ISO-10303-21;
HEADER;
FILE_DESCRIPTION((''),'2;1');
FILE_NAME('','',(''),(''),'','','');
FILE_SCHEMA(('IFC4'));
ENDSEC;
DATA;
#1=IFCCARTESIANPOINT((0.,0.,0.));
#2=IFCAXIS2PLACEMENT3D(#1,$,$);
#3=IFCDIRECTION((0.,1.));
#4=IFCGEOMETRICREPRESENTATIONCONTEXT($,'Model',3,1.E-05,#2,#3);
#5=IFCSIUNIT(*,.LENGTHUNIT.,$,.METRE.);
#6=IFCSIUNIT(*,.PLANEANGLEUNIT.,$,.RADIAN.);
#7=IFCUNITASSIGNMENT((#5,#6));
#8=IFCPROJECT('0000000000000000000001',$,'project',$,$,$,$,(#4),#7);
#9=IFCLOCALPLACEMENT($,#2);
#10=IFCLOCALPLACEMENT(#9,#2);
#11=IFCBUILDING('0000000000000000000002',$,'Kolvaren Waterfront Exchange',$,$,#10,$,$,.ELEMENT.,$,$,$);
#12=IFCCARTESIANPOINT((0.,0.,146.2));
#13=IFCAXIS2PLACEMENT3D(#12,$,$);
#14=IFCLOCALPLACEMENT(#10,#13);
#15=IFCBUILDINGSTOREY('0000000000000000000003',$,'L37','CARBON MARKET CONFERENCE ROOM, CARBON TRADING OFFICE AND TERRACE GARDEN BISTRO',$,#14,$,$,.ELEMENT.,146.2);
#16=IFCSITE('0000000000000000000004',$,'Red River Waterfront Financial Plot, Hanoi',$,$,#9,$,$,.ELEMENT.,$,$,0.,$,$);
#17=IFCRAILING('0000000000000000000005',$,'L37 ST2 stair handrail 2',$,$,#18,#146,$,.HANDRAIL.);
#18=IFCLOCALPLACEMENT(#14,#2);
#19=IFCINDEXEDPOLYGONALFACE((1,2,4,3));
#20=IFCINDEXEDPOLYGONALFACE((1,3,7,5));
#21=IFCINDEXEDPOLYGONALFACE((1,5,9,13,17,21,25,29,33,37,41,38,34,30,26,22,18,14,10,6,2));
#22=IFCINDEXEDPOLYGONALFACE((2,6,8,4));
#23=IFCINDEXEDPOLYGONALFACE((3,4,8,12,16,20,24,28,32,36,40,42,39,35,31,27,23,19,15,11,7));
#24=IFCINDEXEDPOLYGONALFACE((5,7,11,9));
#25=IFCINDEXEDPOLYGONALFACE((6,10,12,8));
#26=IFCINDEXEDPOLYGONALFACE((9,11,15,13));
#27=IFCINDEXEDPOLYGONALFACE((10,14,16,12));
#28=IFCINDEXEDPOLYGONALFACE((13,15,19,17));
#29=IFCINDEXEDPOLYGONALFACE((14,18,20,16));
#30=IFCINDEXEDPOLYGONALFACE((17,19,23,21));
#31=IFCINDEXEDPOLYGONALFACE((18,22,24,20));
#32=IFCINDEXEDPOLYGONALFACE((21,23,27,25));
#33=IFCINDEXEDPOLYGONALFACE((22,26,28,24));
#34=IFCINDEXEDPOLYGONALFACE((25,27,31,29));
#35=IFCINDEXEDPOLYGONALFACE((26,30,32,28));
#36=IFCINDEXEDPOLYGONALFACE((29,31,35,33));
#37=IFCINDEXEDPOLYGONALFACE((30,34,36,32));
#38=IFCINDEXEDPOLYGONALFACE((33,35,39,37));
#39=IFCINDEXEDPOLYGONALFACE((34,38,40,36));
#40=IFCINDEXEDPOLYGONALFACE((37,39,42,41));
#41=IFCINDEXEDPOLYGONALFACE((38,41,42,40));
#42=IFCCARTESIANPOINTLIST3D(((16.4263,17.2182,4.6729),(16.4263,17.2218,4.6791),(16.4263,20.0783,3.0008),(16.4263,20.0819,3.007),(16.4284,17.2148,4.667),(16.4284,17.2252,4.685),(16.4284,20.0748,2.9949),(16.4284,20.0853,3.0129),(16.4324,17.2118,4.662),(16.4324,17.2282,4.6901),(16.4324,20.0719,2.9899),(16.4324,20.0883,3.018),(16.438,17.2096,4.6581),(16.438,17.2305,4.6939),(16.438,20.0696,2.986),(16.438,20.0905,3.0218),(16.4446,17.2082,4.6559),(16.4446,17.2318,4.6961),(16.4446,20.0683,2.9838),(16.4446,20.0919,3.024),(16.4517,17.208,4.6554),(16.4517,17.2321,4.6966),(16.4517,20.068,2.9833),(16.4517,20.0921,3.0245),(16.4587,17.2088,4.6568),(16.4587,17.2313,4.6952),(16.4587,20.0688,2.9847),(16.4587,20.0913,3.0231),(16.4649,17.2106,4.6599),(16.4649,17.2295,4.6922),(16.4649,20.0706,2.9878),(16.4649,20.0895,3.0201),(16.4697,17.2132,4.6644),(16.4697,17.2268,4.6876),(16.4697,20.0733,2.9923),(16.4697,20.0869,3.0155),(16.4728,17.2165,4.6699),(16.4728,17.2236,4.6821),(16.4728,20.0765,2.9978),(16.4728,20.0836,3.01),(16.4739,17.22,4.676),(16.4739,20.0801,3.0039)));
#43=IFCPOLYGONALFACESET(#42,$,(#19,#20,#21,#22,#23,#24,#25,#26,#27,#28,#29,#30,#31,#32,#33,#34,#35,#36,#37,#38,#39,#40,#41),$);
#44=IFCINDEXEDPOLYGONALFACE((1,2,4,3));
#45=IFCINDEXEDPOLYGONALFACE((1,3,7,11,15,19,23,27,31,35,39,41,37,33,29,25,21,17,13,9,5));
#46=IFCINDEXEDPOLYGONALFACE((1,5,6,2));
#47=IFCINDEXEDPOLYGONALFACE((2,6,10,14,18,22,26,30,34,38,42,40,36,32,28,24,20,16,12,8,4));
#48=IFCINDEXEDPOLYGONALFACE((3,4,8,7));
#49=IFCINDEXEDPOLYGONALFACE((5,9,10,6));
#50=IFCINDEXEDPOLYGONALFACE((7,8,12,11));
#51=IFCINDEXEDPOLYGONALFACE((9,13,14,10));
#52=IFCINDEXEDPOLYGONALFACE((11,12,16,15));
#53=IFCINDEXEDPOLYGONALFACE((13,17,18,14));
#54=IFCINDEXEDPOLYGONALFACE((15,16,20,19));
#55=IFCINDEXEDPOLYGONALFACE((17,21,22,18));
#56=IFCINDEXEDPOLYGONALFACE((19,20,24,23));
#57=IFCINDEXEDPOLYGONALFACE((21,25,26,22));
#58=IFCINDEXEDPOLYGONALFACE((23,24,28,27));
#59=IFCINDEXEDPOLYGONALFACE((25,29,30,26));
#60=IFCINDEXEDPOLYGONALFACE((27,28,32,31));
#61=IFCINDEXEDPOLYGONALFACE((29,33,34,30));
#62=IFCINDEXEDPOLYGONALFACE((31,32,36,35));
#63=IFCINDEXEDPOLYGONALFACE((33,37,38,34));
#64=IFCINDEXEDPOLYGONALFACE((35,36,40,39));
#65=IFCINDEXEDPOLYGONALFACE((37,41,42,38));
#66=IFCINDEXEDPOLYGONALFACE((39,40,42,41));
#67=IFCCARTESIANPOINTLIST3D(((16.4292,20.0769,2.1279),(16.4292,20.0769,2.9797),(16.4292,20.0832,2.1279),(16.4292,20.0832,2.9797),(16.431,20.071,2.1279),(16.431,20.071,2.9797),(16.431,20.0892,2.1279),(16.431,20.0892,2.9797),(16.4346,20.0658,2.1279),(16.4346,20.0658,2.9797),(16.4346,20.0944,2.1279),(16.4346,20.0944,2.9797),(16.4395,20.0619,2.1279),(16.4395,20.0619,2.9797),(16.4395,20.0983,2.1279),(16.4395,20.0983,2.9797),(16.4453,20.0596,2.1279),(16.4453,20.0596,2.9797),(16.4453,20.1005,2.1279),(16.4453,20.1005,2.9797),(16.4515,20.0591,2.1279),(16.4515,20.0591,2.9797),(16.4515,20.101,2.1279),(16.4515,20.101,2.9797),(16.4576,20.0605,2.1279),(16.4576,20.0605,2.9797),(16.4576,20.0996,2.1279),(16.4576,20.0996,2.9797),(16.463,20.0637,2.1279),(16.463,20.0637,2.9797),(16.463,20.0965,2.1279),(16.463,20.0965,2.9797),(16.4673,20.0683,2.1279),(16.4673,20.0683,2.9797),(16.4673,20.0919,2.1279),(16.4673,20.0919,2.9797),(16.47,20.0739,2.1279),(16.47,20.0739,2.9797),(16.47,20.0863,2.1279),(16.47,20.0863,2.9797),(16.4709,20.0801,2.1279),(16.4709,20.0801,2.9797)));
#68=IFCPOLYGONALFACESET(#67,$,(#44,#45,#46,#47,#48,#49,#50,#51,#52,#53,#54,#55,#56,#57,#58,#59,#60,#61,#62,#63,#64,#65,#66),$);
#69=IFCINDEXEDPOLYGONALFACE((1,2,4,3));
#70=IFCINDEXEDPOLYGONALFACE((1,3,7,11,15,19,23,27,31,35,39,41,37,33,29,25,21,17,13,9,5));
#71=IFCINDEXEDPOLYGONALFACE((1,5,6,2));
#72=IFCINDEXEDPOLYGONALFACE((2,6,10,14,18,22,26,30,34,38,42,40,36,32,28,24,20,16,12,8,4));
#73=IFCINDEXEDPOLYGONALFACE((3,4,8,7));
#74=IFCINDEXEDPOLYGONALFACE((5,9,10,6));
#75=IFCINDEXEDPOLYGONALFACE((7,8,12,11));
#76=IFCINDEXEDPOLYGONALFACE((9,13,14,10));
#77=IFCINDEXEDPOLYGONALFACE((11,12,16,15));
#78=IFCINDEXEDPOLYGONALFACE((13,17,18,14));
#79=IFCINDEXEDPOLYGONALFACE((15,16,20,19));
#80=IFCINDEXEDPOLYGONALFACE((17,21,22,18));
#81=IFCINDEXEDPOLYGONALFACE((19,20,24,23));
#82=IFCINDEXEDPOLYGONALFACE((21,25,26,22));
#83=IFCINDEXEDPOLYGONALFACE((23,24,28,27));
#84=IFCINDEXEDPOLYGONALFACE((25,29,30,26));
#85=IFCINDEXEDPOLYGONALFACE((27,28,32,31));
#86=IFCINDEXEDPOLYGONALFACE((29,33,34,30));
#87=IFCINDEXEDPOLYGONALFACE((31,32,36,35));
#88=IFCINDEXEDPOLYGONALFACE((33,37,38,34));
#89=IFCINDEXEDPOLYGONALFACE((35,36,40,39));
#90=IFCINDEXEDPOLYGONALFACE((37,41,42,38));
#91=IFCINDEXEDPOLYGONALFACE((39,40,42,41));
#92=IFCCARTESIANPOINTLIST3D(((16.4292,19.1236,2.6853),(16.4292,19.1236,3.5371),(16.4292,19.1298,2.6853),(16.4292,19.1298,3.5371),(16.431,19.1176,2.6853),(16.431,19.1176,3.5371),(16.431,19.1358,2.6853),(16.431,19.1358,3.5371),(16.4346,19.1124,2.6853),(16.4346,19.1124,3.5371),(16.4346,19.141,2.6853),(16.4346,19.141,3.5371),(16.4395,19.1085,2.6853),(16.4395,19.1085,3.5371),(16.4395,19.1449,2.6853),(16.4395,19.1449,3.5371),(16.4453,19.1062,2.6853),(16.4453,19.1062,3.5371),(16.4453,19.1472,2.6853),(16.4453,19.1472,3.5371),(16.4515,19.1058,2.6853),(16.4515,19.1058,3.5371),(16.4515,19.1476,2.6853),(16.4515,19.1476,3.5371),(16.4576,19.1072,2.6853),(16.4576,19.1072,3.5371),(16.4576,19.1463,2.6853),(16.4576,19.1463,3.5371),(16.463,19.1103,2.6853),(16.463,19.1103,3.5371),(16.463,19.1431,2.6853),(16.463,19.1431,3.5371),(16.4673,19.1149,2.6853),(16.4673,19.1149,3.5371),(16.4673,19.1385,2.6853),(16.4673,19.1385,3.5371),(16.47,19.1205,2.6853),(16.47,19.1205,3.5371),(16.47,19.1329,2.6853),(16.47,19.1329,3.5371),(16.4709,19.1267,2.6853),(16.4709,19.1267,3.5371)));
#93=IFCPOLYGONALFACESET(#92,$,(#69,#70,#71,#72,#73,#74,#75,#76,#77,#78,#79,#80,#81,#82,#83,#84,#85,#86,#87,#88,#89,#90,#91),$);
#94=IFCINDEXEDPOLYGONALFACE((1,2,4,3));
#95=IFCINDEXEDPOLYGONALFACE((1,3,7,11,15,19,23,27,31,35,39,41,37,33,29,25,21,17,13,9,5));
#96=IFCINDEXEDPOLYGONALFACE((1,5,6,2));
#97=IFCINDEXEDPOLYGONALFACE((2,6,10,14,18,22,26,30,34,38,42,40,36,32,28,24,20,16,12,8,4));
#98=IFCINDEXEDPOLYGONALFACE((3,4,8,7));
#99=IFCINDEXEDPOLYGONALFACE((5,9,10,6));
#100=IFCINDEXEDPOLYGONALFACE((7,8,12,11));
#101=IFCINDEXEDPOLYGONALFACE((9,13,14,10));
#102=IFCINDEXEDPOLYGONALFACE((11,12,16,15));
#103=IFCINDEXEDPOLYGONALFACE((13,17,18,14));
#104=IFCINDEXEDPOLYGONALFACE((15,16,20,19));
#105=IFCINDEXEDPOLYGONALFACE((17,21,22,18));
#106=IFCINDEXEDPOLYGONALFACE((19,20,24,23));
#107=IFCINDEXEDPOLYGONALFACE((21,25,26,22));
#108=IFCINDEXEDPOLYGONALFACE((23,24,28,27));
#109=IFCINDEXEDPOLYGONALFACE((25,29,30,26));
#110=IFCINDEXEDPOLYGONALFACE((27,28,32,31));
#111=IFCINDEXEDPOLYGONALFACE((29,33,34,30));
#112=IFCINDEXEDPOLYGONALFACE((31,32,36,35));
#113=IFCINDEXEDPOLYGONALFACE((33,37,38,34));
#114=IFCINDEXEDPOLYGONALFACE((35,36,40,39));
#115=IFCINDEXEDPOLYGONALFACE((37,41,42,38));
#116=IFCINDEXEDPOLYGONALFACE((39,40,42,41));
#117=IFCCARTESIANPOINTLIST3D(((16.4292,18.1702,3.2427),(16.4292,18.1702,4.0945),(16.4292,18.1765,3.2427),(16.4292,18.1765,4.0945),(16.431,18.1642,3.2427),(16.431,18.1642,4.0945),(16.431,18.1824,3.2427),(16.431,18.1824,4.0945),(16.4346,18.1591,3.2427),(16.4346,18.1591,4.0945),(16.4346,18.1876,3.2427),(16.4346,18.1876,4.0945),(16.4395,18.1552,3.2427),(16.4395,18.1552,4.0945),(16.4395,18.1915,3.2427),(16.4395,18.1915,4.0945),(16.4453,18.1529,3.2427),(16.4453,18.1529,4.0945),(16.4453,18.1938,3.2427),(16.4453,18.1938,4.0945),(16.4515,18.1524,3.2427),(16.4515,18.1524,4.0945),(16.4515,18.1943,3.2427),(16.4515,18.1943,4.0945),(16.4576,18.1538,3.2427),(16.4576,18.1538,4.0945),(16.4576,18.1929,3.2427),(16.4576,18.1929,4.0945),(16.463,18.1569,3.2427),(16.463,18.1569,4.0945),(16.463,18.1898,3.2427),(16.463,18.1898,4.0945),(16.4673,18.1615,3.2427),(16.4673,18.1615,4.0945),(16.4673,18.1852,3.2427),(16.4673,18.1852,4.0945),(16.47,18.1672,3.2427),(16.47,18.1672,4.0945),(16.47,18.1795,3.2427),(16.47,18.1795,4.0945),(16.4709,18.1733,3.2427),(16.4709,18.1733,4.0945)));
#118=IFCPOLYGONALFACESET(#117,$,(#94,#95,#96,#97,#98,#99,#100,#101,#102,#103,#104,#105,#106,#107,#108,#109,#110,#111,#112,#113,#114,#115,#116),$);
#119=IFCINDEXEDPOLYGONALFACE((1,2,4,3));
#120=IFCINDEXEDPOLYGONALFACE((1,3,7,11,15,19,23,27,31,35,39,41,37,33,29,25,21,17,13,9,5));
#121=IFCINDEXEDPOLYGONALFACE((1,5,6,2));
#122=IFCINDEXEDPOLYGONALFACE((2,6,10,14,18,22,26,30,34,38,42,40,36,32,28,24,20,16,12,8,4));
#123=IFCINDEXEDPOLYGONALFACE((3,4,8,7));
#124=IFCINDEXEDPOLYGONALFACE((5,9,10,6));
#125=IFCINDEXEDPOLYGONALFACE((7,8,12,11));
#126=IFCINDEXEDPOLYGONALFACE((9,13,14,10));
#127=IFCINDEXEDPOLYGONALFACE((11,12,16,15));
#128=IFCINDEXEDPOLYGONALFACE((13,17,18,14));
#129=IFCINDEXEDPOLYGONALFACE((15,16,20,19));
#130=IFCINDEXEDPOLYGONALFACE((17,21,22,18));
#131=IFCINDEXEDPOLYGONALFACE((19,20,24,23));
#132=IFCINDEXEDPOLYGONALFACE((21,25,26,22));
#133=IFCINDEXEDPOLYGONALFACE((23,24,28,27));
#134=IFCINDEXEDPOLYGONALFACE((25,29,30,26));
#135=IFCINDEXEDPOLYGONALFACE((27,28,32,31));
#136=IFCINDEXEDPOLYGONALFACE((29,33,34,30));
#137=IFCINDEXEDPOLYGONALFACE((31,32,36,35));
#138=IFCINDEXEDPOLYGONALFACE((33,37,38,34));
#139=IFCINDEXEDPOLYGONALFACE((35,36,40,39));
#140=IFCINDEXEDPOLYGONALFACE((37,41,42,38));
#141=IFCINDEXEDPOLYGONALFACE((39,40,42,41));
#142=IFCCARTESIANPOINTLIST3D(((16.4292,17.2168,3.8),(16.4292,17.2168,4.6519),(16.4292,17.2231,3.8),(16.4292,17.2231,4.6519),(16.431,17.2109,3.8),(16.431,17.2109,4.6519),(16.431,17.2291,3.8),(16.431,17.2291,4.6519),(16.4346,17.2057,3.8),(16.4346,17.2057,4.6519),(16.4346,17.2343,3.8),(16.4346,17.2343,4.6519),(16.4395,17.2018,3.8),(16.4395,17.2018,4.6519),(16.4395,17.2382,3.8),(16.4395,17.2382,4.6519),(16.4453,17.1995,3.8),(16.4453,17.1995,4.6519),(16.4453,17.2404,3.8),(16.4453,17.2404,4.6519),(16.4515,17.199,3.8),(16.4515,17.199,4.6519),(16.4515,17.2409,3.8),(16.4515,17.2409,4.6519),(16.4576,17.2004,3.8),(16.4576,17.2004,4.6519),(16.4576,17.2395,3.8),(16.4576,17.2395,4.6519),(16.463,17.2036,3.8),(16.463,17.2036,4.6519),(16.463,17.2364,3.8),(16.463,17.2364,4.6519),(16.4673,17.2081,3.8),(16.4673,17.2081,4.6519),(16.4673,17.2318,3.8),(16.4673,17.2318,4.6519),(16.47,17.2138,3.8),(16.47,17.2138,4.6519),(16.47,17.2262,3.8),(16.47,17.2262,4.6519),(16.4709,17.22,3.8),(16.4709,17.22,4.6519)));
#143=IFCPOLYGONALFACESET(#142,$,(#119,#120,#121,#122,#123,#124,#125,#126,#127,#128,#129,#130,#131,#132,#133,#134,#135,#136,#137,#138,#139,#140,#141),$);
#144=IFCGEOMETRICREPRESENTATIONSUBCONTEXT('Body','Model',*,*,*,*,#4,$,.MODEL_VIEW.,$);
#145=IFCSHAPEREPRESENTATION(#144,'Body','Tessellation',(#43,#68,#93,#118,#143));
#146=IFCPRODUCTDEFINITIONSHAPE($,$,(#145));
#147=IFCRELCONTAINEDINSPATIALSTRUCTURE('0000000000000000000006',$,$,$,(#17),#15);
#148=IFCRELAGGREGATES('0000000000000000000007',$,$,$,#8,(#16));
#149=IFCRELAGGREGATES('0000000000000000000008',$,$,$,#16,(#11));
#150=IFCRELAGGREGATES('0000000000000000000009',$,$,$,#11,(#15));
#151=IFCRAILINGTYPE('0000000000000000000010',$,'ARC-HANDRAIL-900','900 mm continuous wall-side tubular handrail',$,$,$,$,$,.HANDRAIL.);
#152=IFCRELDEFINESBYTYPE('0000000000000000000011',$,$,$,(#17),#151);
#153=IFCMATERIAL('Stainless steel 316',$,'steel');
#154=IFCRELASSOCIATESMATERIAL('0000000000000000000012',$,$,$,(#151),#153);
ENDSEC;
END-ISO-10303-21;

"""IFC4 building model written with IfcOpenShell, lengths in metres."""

from ifc_helpers import new_model, si_unit, direction, frame, origin, origin_2d, place, context, subcontext, project, spatial, circle, extrude, material, type_object, element, save


model = new_model("IFC4")

# Units and contexts
model_context = context("Model", 3, precision=1e-05, world=origin(), true_north=direction((0.0, 1.0)))
body_context = subcontext(model_context, "Body", "Model", "MODEL_VIEW")
ifc_project = project(units=[si_unit("LENGTHUNIT", "METRE"), si_unit("PLANEANGLEUNIT", "RADIAN")], contexts=[model_context])

# Site, building, storey
site_placement = place(None, origin())
site = spatial("IfcSite", under=ifc_project, at=site_placement, Name="Red River Waterfront Financial Plot, Hanoi", CompositionType="ELEMENT", RefElevation=0.0)
building_placement = place(site_placement, origin())
building = spatial("IfcBuilding", under=site, at=building_placement, Name="Kolvaren Waterfront Exchange", CompositionType="ELEMENT")
storey_placement = place(building_placement, frame((0.0, 0.0, 146.2)))
storey = spatial("IfcBuildingStorey", under=building, at=storey_placement, Name="L37", Description="CARBON MARKET CONFERENCE ROOM, CARBON TRADING OFFICE AND TERRACE GARDEN BISTRO", CompositionType="ELEMENT", Elevation=146.2)

# Railing
ifc_material_1 = material(Name="Stainless steel 316", Category="steel")
railing_type_1 = type_object("IfcRailingType", Name="ARC-HANDRAIL-900", Description="900 mm continuous wall-side tubular handrail", PredefinedType="HANDRAIL", material=ifc_material_1)
railing_1_placement = place(storey_placement, frame((16.45, 20.0801, 2.1279)))
element("IfcRailing", 1, at=railing_1_placement, inside=storey, type_object=railing_type_1, Name="L37 ST2 stair handrail 2", PredefinedType="HANDRAIL", context=body_context, shape_type="SweptSolid", body=[
    extrude(circle(Radius=0.0239, at=origin_2d()), frame((0.0, 0.0, 0.876), z_axis=(0.0, -0.863289, 0.504709), x_axis=(1.0, 0.0, 0.0)), (0.0, 0.0, 1.0), 3.313),
    extrude(circle(Radius=0.021, at=origin_2d()), origin(), (0.0, 0.0, 1.0), 0.8518),
    extrude(circle(Radius=0.021, at=origin_2d()), frame((0.0, -0.9534, 0.5574)), (0.0, 0.0, 1.0), 0.8518),
    extrude(circle(Radius=0.021, at=origin_2d()), frame((0.0, -1.9067, 1.1147)), (0.0, 0.0, 1.0), 0.8518),
    extrude(circle(Radius=0.021, at=origin_2d()), frame((0.0, -2.8601, 1.6721)), (0.0, 0.0, 1.0), 0.8518),
])

save(model, "model.ifc")
